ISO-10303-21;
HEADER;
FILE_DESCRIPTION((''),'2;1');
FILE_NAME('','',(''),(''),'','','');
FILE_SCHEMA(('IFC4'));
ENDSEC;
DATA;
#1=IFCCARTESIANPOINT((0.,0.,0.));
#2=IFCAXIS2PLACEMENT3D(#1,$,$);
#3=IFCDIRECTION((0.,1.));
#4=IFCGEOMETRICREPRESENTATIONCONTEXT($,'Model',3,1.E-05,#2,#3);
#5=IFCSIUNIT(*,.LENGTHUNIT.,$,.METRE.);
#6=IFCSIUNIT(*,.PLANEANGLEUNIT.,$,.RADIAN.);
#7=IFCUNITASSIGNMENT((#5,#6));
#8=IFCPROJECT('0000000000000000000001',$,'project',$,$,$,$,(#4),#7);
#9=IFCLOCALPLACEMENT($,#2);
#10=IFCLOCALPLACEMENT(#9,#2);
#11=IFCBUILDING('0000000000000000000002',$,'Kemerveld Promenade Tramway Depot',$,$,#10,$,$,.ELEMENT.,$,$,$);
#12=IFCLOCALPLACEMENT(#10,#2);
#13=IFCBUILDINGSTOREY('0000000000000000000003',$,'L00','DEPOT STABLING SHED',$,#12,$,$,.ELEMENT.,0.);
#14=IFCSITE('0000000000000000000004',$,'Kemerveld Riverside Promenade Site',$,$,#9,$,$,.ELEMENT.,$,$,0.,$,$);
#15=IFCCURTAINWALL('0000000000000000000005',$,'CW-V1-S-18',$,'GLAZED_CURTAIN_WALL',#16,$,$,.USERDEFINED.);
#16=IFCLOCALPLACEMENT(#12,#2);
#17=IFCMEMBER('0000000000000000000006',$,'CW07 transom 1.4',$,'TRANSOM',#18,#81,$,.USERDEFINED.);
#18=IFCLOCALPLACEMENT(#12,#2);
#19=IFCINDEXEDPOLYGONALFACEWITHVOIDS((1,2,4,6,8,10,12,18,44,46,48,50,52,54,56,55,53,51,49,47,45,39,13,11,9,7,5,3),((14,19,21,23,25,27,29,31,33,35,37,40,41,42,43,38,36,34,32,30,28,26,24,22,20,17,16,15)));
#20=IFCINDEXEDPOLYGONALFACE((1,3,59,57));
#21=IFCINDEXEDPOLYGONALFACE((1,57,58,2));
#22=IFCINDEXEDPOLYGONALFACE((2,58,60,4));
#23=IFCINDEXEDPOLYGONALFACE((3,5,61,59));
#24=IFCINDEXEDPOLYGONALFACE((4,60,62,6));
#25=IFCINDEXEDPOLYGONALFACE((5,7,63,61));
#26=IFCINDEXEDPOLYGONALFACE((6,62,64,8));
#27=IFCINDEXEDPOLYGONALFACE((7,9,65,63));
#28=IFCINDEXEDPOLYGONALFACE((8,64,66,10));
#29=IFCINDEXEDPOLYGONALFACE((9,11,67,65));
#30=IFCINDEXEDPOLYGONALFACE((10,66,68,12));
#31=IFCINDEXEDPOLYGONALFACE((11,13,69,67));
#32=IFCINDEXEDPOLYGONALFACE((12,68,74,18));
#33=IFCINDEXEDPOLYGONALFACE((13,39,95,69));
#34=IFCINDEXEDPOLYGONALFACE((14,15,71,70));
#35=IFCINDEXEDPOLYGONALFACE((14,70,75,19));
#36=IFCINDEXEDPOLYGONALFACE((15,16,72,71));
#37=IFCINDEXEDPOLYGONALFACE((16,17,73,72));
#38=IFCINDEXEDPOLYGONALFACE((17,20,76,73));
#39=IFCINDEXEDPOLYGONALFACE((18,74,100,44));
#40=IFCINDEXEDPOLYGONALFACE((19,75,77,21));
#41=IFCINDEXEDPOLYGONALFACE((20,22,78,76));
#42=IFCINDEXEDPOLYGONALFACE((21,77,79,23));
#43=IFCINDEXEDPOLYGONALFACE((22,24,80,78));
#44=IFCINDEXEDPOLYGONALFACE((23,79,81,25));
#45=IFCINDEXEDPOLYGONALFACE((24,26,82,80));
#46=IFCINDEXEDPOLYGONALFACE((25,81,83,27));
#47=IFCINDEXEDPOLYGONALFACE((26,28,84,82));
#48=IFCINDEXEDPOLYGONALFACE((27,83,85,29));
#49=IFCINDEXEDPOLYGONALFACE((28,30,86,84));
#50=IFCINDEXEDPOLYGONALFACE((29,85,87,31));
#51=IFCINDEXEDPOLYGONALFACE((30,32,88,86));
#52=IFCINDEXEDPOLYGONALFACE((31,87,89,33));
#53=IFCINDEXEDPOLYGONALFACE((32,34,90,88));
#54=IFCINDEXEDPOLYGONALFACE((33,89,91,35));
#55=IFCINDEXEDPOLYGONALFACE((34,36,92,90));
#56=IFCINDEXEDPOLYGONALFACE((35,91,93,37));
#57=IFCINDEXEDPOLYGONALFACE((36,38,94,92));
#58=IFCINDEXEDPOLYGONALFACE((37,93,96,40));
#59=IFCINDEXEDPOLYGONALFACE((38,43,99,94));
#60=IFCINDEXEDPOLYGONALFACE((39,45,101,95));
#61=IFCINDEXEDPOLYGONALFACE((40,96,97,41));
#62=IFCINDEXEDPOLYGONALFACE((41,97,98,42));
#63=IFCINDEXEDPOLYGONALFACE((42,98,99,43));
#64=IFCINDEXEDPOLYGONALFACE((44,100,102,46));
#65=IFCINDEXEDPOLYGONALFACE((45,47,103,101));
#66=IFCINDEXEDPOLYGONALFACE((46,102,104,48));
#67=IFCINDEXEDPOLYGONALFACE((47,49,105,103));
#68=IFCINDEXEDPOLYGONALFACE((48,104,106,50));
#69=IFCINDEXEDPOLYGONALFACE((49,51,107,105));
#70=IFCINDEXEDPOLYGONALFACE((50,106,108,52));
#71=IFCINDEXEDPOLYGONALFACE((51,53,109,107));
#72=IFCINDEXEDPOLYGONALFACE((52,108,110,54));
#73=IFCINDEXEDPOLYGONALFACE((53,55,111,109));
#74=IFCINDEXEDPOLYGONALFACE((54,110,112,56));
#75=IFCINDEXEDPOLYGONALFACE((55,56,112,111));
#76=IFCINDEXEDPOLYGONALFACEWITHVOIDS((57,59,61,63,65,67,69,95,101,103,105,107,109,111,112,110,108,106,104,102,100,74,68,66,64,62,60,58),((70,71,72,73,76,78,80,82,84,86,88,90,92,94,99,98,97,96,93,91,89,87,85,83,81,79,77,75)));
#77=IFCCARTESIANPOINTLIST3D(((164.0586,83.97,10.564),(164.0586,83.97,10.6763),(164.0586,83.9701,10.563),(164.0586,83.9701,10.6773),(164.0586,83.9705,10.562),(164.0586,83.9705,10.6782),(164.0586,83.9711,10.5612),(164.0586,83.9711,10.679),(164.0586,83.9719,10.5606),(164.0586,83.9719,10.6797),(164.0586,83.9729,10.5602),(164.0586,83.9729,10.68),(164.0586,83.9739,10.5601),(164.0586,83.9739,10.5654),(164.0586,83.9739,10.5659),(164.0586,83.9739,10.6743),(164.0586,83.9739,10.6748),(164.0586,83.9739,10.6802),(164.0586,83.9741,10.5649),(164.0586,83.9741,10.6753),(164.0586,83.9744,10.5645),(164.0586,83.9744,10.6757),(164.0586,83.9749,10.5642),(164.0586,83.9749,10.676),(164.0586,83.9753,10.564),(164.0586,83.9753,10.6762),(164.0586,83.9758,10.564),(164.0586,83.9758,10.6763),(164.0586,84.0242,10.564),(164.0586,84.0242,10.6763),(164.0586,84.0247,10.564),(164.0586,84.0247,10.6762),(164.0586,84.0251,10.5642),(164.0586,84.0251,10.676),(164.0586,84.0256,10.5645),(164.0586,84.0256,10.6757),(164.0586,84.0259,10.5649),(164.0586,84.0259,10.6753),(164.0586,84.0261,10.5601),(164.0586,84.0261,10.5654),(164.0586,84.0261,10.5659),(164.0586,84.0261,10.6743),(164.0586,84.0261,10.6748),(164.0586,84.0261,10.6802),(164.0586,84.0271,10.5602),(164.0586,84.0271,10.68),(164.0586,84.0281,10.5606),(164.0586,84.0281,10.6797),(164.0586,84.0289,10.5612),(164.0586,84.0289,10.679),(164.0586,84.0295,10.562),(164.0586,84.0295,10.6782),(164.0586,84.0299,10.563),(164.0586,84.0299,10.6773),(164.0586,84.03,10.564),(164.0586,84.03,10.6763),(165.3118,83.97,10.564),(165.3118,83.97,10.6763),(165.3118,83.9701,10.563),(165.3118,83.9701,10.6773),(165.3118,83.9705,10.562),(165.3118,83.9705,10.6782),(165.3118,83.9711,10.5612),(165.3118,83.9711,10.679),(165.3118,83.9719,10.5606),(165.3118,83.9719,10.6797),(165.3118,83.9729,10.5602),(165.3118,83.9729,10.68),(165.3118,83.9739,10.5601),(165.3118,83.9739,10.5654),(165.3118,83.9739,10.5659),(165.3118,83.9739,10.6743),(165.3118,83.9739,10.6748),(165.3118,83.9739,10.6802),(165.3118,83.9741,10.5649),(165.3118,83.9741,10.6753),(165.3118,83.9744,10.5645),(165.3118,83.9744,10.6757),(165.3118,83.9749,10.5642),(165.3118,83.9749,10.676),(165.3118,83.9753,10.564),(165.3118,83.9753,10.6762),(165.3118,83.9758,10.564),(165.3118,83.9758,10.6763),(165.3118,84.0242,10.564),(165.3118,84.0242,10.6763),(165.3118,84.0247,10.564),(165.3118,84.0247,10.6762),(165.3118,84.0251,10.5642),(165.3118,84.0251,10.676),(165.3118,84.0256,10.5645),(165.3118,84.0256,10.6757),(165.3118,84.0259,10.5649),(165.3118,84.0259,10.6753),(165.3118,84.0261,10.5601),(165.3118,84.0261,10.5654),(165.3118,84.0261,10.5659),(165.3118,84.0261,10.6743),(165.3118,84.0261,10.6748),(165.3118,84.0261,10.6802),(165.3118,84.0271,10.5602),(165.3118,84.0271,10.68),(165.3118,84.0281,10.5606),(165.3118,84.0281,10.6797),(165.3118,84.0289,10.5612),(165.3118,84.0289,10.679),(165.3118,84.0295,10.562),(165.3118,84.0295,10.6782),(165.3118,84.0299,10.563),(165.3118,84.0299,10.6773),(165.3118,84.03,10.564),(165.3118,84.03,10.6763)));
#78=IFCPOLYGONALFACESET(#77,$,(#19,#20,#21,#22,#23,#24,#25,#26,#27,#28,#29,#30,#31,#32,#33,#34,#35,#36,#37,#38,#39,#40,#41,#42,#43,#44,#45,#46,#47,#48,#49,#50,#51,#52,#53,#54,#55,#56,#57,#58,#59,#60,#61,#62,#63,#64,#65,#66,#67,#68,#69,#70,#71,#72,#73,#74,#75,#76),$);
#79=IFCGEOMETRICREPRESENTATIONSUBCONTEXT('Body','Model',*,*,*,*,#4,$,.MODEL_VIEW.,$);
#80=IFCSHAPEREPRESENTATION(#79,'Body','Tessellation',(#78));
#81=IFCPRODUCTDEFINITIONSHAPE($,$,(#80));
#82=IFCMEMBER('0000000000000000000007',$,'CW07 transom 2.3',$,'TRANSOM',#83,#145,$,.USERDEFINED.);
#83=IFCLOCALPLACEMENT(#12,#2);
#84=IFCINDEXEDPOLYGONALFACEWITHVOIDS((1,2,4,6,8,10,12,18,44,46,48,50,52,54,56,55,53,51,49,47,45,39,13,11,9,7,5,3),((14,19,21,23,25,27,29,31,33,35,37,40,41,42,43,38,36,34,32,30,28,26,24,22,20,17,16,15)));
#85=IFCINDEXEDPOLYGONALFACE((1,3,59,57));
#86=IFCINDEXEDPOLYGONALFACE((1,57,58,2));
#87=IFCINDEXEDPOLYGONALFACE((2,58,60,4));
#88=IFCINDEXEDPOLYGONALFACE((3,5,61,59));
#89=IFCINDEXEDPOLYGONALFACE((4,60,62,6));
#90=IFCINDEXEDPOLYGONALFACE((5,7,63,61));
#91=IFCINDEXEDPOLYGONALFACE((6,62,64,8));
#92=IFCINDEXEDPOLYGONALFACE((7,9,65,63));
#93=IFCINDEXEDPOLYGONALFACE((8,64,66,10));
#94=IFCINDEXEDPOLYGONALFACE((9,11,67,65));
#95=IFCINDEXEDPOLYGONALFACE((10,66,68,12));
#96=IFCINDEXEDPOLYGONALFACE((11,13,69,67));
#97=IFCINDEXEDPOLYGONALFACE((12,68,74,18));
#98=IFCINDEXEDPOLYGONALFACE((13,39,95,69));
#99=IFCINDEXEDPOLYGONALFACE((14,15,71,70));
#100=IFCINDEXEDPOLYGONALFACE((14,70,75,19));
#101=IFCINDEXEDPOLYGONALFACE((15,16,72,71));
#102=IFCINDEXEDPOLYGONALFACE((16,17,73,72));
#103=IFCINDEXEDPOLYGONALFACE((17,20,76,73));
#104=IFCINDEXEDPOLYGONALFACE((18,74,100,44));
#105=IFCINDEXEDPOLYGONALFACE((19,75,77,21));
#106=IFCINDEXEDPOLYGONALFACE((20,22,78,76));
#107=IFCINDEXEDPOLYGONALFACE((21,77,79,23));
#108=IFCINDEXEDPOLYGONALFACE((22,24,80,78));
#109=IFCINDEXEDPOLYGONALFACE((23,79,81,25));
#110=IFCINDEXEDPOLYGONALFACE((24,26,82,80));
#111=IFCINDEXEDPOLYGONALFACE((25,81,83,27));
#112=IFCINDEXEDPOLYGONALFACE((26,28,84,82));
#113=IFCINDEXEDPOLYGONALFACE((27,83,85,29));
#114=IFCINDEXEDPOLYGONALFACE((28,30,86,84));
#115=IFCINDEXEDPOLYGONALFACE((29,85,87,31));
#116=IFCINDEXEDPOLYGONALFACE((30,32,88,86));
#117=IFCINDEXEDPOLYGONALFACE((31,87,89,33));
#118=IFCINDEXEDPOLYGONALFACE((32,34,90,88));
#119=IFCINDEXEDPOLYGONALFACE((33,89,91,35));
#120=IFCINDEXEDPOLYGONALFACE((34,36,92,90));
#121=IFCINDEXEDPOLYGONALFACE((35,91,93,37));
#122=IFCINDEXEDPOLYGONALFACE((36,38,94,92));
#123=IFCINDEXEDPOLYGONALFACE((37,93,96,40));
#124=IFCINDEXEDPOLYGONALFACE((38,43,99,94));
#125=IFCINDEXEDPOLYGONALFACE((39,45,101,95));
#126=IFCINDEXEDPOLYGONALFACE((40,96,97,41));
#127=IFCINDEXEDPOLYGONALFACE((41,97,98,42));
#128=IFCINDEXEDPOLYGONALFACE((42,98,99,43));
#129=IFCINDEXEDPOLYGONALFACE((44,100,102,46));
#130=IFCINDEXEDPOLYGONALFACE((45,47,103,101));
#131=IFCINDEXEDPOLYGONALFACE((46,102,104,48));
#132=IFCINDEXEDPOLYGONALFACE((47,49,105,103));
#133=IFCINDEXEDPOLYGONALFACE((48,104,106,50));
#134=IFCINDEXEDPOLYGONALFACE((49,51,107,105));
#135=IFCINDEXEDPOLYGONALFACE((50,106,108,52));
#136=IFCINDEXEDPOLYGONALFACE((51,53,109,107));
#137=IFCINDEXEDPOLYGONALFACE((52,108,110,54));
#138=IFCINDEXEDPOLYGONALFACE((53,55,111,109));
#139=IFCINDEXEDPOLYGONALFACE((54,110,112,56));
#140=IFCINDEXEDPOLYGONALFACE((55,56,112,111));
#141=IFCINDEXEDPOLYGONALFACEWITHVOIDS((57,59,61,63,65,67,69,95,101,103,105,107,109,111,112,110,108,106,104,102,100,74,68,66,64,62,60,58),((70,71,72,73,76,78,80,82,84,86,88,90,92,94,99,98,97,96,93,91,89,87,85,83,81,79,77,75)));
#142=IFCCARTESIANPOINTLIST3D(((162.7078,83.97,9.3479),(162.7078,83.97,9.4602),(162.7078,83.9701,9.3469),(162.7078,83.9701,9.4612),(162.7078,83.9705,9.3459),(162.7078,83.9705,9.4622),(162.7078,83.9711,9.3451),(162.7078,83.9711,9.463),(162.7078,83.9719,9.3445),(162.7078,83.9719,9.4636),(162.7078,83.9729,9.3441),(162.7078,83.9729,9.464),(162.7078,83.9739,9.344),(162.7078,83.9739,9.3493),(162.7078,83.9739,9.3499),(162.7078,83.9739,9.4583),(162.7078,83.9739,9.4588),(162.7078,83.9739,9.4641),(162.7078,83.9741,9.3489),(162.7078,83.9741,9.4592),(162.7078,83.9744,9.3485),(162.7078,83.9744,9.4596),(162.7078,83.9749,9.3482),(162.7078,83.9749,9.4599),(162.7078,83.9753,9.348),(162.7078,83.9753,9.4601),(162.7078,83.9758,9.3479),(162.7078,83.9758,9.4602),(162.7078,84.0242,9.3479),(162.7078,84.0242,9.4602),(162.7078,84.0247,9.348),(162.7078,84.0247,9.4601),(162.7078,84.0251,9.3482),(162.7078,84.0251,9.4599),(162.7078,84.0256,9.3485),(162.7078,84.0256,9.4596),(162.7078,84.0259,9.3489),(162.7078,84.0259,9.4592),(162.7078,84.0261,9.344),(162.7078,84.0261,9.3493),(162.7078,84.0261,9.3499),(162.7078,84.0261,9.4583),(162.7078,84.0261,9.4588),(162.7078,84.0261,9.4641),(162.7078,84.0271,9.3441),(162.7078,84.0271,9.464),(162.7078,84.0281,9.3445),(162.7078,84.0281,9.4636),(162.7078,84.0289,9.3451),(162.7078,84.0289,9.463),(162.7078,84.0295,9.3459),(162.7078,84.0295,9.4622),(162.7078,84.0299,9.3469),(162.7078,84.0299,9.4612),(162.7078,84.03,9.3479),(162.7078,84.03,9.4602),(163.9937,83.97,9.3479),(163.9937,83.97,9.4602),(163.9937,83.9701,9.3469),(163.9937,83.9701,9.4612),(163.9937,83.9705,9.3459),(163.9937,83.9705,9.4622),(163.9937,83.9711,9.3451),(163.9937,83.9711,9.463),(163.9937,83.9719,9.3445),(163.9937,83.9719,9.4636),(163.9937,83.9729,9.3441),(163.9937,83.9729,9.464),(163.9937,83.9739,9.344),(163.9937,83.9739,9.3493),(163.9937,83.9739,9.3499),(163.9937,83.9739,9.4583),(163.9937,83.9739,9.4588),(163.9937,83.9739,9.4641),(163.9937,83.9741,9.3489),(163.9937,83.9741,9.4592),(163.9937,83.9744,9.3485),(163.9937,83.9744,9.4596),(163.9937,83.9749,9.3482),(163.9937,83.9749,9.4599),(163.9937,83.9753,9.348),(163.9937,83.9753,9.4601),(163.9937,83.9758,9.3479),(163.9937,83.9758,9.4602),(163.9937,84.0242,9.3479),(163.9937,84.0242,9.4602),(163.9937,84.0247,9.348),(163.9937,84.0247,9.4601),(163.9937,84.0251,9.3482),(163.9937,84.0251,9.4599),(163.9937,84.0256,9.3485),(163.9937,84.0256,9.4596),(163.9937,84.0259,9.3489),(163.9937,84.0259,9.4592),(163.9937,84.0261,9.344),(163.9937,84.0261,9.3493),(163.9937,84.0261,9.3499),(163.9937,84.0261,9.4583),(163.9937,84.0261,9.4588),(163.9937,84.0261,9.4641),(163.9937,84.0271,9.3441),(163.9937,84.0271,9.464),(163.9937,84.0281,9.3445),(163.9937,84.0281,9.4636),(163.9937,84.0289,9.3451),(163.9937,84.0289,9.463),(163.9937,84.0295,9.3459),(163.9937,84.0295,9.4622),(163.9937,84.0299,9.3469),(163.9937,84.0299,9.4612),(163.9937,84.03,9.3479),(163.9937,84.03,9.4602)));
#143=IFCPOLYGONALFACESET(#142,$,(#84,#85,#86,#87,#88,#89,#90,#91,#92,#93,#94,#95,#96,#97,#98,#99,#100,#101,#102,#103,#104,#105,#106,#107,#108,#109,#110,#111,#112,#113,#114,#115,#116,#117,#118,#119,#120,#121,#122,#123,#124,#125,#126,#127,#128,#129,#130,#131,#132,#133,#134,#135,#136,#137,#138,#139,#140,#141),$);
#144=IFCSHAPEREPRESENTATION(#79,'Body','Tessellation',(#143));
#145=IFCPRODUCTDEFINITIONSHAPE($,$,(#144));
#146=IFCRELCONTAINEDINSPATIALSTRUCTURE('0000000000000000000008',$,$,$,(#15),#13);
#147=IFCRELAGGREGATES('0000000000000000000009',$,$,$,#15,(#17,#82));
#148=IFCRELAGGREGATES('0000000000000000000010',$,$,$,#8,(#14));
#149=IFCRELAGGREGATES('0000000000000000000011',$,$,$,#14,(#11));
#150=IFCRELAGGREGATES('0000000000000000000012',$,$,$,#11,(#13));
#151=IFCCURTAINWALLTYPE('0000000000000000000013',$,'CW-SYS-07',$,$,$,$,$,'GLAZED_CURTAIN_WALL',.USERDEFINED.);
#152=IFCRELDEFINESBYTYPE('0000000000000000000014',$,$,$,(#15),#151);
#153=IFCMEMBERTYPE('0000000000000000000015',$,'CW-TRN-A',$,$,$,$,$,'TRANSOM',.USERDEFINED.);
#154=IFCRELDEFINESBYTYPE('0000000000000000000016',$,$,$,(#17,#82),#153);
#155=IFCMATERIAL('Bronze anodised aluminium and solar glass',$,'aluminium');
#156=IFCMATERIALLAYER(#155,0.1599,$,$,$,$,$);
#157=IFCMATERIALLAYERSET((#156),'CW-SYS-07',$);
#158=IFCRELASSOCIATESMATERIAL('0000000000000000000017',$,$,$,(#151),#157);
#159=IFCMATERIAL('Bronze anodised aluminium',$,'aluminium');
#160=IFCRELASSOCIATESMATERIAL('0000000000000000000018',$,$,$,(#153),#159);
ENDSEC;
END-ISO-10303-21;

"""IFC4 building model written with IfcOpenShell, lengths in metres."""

from ifc_helpers import new_model, si_unit, direction, frame, origin, origin_2d, place, context, subcontext, project, spatial, hollow_rectangle, extrude, material, layer, layer_set, material_profile, profile_set, type_object, element, aggregate, save


model = new_model("IFC4")

# Units and contexts
model_context = context("Model", 3, precision=1e-05, world=origin(), true_north=direction((0.0, 1.0)))
body_context = subcontext(model_context, "Body", "Model", "MODEL_VIEW")
ifc_project = project(units=[si_unit("LENGTHUNIT", "METRE"), si_unit("PLANEANGLEUNIT", "RADIAN")], contexts=[model_context])

# Site, building, storey
site_placement = place(None, origin())
site = spatial("IfcSite", under=ifc_project, at=site_placement, Name="Kemerveld Riverside Promenade Site", CompositionType="ELEMENT", RefElevation=0.0)
building_placement = place(site_placement, origin())
building = spatial("IfcBuilding", under=site, at=building_placement, Name="Kemerveld Promenade Tramway Depot", CompositionType="ELEMENT")
storey_placement = place(building_placement, origin())
storey = spatial("IfcBuildingStorey", under=building, at=storey_placement, Name="L00", Description="DEPOT STABLING SHED", CompositionType="ELEMENT", Elevation=0.0)

# Curtain wall, members
ifc_material_1 = material(Name="Bronze anodised aluminium and solar glass", Category="aluminium")
ifc_layer_1 = layer(ifc_material_1, 0.1599)
ifc_layer_set_1 = layer_set([ifc_layer_1], Name="CW-SYS-07")
curtain_wall_type_1 = type_object("IfcCurtainWallType", Name="CW-SYS-07", ElementType="GLAZED_CURTAIN_WALL", PredefinedType="USERDEFINED", material=ifc_layer_set_1)
curtain_wall_1_placement = place(storey_placement, origin())
curtain_wall_1 = element("IfcCurtainWall", 1, at=curtain_wall_1_placement, inside=storey, type_object=curtain_wall_type_1, Name="CW-V1-S-18", ObjectType="GLAZED_CURTAIN_WALL", PredefinedType="USERDEFINED")
ifc_material_2 = material(Name="Bronze anodised aluminium", Category="aluminium")
ifc_material_profile_1 = material_profile(ifc_material_2, hollow_rectangle(XDim=0.0601, YDim=0.1201, WallThickness=0.0039, InnerFilletRadius=0.002, OuterFilletRadius=0.0039, at=origin_2d()), Name="CW-TRN-120x60")
ifc_profile_set_1 = profile_set([ifc_material_profile_1], Name="Bronze anodised aluminium")
member_type_1 = type_object("IfcMemberType", Name="CW-TRN-A", ElementType="TRANSOM", PredefinedType="USERDEFINED", material=ifc_profile_set_1)
member_1_placement = place(storey_placement, frame((165.3118, 84.0, 10.6201), z_axis=(-1.0, 0.0, 0.0), x_axis=(0.0, -1.0, 0.0)))
member_1 = element("IfcMember", 2, at=member_1_placement, type_object=member_type_1, Name="CW07 transom 1.4", ObjectType="TRANSOM", PredefinedType="USERDEFINED", context=body_context, shape_type="SweptSolid", body=[
    extrude(hollow_rectangle(XDim=0.0601, YDim=0.1201, WallThickness=0.0039, InnerFilletRadius=0.002, OuterFilletRadius=0.0039, at=origin_2d()), origin(), (0.0, 0.0, 1.0), 1.2532),
])
member_2_placement = place(storey_placement, frame((163.9937, 84.0, 9.4041), z_axis=(-1.0, 0.0, 0.0), x_axis=(0.0, -1.0, 0.0)))
member_2 = element("IfcMember", 3, at=member_2_placement, type_object=member_type_1, Name="CW07 transom 2.3", ObjectType="TRANSOM", PredefinedType="USERDEFINED", context=body_context, shape_type="SweptSolid", body=[
    extrude(hollow_rectangle(XDim=0.0601, YDim=0.1201, WallThickness=0.0039, InnerFilletRadius=0.002, OuterFilletRadius=0.0039, at=origin_2d()), origin(), (0.0, 0.0, 1.0), 1.2859),
])

aggregate(curtain_wall_1, [member_1, member_2])

save(model, "model.ifc")
